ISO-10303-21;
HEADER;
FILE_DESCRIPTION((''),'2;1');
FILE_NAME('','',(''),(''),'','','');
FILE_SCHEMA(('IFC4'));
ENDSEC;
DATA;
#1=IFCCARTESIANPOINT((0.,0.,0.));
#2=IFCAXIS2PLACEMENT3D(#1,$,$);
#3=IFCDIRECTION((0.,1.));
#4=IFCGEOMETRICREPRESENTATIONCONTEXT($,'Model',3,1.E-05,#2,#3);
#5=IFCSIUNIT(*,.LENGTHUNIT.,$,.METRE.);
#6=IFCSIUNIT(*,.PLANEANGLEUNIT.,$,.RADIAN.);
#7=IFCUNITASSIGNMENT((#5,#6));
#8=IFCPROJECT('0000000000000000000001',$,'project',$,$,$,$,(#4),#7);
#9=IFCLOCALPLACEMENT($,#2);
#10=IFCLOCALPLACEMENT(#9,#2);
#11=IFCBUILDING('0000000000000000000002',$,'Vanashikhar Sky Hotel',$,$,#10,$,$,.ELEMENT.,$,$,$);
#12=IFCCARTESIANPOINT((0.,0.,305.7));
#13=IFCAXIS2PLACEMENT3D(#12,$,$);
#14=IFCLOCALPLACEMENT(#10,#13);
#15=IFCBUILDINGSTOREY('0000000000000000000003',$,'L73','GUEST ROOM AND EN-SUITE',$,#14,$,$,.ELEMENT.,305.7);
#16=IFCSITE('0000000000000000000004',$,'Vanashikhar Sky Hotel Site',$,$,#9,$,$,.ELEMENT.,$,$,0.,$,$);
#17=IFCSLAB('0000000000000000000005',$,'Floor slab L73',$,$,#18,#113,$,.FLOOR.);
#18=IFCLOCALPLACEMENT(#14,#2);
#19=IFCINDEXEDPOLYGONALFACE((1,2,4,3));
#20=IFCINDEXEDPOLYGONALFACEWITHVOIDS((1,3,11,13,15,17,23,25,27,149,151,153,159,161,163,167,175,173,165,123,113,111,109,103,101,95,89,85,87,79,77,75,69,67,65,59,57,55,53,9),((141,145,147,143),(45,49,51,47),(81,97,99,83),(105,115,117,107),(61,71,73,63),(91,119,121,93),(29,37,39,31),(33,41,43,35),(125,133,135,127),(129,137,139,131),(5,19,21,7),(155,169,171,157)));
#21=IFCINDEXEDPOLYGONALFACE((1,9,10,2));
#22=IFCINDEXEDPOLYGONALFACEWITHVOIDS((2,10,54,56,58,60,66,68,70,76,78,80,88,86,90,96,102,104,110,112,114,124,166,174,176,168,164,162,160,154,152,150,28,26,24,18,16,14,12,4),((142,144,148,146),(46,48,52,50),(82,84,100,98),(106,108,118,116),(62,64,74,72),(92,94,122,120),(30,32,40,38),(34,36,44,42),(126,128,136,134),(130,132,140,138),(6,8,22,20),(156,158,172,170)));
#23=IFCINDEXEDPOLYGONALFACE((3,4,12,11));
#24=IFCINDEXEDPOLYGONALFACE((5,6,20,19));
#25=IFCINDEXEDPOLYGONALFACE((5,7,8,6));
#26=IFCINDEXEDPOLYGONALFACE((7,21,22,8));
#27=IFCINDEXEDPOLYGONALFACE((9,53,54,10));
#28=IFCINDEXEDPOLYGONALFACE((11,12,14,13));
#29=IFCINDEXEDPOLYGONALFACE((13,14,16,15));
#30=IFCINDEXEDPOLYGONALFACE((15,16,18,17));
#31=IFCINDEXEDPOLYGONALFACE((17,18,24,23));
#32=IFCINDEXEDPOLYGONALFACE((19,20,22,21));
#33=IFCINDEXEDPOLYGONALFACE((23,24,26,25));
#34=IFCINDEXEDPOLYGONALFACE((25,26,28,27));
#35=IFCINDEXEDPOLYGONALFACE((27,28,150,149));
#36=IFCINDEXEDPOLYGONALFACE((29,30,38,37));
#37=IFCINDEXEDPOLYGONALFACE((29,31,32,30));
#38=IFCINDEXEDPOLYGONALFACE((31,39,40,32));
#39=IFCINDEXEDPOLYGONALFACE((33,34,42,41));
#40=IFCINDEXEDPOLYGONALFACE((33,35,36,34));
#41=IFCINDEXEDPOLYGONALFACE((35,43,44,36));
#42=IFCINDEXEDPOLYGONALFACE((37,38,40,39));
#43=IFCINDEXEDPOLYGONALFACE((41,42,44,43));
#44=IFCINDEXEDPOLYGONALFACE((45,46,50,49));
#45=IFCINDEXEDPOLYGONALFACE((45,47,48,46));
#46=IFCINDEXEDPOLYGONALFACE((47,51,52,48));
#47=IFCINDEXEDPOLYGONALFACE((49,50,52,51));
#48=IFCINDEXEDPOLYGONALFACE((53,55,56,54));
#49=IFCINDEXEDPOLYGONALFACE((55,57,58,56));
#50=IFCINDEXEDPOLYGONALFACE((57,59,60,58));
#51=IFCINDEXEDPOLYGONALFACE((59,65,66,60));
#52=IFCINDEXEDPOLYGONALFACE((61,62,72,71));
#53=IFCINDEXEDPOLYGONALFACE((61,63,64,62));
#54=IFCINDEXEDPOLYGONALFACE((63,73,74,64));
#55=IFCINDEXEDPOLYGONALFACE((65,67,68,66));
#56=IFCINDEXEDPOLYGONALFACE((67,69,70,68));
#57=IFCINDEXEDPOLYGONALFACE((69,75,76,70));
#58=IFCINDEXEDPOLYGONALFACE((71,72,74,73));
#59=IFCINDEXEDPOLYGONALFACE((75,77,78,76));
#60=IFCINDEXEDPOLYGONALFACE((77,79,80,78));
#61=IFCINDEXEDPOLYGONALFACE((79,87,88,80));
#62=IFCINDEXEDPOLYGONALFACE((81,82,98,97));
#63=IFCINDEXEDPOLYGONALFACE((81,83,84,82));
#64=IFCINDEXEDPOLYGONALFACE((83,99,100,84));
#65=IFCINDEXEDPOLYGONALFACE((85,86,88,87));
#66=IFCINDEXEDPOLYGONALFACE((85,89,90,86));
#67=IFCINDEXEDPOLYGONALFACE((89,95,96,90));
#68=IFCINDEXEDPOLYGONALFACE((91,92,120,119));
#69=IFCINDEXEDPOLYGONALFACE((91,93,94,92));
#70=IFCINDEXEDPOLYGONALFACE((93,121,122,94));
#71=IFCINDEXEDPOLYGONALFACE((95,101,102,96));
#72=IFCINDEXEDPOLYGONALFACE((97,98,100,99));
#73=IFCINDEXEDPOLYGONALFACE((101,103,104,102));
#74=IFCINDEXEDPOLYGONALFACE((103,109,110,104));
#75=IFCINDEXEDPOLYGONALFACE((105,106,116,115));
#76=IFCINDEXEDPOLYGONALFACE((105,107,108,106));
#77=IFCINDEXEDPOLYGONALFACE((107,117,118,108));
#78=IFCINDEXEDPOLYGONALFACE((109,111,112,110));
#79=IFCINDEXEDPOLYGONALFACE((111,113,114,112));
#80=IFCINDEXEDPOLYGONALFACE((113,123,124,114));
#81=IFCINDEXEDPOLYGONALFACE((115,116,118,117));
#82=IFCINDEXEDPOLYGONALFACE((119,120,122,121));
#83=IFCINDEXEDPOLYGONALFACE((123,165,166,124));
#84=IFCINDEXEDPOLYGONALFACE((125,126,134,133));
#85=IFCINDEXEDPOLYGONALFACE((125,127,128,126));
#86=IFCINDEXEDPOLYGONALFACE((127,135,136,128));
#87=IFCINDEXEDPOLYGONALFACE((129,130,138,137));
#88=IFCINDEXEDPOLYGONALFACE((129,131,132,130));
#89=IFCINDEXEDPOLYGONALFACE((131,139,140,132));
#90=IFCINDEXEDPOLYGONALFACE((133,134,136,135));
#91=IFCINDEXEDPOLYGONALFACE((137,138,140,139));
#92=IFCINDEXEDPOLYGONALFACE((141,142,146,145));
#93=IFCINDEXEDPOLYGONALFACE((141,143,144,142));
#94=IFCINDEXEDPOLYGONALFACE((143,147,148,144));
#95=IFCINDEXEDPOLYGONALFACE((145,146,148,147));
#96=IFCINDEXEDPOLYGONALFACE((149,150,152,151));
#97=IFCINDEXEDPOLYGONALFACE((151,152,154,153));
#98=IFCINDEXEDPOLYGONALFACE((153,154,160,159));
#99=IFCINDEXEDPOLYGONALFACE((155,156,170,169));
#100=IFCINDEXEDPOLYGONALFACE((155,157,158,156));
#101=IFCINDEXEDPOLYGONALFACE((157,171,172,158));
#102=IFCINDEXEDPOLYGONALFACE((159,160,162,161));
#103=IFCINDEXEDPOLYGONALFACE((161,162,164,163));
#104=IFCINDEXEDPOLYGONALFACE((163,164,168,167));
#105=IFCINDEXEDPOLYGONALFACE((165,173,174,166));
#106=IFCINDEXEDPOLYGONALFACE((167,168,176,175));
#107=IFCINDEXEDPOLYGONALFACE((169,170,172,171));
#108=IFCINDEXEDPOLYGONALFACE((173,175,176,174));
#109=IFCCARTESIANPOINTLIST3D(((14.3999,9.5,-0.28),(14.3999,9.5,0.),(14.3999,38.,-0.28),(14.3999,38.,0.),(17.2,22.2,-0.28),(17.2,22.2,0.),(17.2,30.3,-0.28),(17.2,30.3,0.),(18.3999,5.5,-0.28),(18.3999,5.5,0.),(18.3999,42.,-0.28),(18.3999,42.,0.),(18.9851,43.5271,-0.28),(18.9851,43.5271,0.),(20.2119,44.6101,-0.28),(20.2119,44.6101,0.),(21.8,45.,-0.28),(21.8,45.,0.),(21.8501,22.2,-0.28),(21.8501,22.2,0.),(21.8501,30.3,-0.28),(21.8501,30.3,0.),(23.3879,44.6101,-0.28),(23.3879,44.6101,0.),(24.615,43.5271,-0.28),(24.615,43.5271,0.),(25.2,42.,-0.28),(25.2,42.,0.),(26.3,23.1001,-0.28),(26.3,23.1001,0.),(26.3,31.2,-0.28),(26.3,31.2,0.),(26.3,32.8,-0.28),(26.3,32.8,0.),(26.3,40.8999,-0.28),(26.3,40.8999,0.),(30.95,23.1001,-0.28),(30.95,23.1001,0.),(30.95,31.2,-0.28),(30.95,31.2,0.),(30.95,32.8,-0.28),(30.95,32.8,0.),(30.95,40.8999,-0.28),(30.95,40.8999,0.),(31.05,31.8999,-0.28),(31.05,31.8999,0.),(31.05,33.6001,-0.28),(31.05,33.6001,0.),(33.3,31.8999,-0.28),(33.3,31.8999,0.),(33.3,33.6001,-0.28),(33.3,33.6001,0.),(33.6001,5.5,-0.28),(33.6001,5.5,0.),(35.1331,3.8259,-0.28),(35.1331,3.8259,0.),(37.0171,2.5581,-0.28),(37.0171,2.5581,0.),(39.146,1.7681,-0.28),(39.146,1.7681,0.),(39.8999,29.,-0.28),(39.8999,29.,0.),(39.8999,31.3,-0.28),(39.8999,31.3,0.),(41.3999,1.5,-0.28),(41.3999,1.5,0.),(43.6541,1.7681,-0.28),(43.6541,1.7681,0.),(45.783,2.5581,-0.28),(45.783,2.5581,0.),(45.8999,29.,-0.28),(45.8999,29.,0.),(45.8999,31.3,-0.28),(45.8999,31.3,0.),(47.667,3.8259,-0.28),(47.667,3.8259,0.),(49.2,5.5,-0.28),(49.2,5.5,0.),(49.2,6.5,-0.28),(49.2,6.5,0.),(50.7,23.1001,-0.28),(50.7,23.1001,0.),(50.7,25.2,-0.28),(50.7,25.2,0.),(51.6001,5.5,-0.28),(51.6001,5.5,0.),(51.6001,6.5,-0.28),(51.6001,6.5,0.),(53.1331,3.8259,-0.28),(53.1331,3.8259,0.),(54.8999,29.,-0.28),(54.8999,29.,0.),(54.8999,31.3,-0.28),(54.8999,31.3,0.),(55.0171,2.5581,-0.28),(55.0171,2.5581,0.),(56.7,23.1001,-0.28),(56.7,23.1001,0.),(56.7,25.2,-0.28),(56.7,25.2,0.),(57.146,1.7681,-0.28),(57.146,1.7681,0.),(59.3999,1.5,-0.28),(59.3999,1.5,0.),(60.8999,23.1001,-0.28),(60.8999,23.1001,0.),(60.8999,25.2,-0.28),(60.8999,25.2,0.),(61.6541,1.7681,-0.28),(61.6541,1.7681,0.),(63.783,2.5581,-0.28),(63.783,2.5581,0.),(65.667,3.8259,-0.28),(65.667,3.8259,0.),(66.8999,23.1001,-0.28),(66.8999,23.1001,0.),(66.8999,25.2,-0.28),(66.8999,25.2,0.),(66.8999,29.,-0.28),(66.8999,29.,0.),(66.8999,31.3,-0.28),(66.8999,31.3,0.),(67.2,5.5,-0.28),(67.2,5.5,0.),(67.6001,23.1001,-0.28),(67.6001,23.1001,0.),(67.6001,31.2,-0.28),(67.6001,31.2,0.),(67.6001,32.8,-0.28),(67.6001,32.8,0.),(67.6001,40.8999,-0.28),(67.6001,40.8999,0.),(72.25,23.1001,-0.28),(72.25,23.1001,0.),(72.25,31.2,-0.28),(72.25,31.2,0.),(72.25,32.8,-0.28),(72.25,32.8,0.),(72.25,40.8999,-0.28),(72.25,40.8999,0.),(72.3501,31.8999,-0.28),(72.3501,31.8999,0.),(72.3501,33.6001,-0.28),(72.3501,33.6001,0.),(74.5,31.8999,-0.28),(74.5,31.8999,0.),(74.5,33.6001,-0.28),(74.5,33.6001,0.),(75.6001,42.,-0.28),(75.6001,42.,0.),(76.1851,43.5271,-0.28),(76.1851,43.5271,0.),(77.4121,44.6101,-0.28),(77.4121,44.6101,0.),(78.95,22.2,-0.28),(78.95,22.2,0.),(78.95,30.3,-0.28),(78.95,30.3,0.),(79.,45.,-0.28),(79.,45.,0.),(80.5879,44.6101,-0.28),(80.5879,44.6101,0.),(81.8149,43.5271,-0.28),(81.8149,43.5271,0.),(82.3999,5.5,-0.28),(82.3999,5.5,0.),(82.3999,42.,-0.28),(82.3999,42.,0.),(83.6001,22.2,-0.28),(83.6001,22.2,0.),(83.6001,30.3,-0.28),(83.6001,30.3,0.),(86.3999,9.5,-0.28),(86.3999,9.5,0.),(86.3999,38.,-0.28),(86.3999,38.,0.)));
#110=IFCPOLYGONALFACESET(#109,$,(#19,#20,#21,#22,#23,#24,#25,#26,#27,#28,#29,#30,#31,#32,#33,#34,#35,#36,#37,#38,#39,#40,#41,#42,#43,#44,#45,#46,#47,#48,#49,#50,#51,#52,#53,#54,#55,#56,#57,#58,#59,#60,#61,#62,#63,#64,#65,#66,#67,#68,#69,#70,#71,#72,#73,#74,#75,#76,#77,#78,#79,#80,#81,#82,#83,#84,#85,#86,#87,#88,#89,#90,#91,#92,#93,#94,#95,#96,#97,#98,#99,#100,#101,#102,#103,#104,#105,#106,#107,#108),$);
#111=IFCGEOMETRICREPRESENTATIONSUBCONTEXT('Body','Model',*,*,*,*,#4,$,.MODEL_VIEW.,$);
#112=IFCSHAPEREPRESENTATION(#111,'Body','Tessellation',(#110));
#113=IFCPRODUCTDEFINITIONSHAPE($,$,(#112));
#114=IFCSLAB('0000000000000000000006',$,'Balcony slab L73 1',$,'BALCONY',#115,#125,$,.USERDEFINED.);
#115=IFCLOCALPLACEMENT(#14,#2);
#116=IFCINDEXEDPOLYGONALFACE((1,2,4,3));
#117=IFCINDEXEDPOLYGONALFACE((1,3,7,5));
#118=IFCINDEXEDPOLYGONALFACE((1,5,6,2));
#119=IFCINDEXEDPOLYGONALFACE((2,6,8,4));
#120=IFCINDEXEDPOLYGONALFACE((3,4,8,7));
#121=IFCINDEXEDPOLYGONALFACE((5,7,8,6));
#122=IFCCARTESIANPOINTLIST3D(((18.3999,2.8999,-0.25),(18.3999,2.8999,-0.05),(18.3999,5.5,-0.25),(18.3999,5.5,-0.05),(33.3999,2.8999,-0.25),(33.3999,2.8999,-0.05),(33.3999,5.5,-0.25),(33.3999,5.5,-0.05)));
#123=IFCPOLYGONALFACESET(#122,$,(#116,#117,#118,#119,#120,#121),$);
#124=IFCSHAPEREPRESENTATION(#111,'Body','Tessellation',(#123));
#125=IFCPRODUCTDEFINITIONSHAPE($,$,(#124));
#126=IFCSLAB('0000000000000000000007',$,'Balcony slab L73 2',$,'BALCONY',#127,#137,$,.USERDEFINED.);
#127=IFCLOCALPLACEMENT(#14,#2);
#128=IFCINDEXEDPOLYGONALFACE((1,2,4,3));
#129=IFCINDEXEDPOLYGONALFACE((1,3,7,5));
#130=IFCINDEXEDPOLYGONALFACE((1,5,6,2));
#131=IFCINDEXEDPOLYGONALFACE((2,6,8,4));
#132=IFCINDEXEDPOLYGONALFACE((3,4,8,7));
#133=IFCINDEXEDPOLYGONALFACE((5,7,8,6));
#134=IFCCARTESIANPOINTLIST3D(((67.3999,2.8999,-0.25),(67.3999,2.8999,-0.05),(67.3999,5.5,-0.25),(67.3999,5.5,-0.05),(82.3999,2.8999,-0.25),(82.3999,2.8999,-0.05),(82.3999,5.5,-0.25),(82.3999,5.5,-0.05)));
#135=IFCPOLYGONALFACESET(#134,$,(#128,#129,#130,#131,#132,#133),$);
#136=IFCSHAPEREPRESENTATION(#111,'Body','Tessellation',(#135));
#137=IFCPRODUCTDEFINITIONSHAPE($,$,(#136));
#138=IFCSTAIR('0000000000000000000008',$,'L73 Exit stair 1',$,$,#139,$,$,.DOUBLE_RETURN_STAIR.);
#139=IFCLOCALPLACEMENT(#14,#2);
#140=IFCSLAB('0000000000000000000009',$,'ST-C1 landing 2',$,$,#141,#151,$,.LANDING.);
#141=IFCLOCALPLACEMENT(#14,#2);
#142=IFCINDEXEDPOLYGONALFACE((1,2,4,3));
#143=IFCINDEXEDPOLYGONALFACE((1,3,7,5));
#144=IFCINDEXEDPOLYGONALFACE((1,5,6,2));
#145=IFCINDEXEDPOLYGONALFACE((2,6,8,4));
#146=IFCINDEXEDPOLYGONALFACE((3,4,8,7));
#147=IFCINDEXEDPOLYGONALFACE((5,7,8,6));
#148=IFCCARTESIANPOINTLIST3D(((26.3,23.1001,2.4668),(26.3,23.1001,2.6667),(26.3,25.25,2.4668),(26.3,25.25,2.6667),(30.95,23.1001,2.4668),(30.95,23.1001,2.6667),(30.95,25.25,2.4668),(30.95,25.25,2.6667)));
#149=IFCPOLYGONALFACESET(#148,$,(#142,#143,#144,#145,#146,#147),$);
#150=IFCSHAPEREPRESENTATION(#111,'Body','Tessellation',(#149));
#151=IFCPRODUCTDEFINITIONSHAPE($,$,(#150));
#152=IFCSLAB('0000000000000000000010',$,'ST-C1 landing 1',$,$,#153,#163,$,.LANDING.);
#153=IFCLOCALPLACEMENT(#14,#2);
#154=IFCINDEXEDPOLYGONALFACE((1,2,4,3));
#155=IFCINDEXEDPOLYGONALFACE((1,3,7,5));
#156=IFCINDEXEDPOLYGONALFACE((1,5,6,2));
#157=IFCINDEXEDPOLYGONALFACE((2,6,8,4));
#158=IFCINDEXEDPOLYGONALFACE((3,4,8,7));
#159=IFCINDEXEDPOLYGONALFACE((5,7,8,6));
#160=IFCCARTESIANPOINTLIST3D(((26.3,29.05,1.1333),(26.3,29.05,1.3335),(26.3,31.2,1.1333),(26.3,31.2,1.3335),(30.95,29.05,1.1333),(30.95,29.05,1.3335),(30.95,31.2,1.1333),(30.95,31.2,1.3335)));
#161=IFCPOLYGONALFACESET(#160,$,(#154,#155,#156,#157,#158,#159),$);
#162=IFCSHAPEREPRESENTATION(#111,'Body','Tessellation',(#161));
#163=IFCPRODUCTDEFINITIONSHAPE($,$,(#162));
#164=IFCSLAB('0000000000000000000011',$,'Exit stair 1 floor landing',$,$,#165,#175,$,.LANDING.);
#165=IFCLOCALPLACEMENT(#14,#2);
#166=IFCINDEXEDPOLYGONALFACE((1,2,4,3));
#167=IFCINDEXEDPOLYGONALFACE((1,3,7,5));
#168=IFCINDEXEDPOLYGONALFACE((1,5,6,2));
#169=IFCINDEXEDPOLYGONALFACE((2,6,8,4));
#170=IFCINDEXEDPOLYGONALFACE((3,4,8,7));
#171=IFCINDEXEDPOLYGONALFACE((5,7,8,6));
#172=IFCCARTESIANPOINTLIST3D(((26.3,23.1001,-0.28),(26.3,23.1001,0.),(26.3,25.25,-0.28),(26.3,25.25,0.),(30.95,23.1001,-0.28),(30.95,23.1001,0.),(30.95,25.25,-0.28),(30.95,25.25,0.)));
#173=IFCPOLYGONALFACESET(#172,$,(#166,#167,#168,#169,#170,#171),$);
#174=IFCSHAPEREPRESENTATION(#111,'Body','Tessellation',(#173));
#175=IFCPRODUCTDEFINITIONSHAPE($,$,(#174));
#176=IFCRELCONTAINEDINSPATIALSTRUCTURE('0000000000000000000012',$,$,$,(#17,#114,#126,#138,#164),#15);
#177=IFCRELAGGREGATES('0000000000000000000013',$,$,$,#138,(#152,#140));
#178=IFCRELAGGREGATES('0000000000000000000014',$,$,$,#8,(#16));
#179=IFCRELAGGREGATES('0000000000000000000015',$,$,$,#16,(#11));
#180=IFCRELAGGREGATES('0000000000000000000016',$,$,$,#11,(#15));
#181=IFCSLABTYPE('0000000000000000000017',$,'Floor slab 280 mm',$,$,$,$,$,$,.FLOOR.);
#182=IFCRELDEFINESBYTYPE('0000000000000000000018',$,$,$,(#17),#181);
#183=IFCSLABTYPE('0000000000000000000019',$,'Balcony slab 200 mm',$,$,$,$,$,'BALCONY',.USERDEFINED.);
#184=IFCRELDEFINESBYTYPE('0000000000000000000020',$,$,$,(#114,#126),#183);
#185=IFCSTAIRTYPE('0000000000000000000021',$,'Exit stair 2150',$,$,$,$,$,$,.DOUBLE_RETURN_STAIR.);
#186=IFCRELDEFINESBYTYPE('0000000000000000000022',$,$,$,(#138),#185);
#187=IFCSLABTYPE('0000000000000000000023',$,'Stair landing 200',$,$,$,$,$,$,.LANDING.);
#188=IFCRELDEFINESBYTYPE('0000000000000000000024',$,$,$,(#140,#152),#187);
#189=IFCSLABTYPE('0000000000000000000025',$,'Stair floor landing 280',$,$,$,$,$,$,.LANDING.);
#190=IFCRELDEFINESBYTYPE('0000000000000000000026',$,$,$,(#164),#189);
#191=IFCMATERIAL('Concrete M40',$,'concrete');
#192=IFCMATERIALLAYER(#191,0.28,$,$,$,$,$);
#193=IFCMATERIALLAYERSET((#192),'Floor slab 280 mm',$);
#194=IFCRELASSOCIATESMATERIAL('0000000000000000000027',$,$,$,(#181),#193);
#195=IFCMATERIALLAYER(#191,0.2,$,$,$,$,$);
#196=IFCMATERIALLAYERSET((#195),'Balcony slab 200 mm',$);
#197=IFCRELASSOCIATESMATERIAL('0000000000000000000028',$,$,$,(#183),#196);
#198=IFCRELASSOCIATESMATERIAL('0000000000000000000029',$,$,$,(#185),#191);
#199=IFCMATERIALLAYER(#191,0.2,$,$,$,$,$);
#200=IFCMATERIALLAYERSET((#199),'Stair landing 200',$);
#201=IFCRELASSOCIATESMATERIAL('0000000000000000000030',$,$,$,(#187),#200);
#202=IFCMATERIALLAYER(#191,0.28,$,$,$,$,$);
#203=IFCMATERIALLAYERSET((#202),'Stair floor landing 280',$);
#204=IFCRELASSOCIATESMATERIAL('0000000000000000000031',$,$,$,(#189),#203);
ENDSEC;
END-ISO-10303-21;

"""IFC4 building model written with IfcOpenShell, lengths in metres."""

from ifc_helpers import new_model, si_unit, direction, frame, origin, place, context, subcontext, project, spatial, polyline, outline, extrude, source, transform, mapped, material, layer, layer_set, type_object, element, aggregate, save


model = new_model("IFC4")

# Units and contexts
model_context = context("Model", 3, precision=1e-05, world=origin(), true_north=direction((0.0, 1.0)))
body_context = subcontext(model_context, "Body", "Model", "MODEL_VIEW")
ifc_project = project(units=[si_unit("LENGTHUNIT", "METRE"), si_unit("PLANEANGLEUNIT", "RADIAN")], contexts=[model_context])

# Site, building, storey
site_placement = place(None, origin())
site = spatial("IfcSite", under=ifc_project, at=site_placement, Name="Vanashikhar Sky Hotel Site", CompositionType="ELEMENT", RefElevation=0.0)
building_placement = place(site_placement, origin())
building = spatial("IfcBuilding", under=site, at=building_placement, Name="Vanashikhar Sky Hotel", CompositionType="ELEMENT")
storey_placement = place(building_placement, frame((0.0, 0.0, 305.7)))
storey = spatial("IfcBuildingStorey", under=building, at=storey_placement, Name="L73", Description="GUEST ROOM AND EN-SUITE", CompositionType="ELEMENT", Elevation=305.7)

# Slabs
ifc_material = material(Name="Concrete M40", Category="concrete")
ifc_layer_1 = layer(ifc_material, 0.28)
ifc_layer_set_1 = layer_set([ifc_layer_1], Name="Floor slab 280 mm")
slab_type_1 = type_object("IfcSlabType", Name="Floor slab 280 mm", PredefinedType="FLOOR", material=ifc_layer_set_1)
shared_shape_1 = source(origin(), body_context, "Body", "SweptSolid", [
    extrude(outline(polyline([(49.2, 5.5), (49.2, 6.5), (51.6001, 6.5), (51.6001, 5.5), (53.1331, 3.8259), (55.0171, 2.5581), (57.146, 1.7681), (59.3999, 1.5), (61.6541, 1.7681), (63.783, 2.5581), (65.667, 3.8259), (67.2, 5.5), (82.3999, 5.5), (86.3999, 9.5), (86.3999, 38.0), (82.3999, 42.0), (81.8149, 43.5271), (80.5879, 44.6101), (79.0, 45.0), (77.4121, 44.6101), (76.1851, 43.5271), (75.6001, 42.0), (25.2, 42.0), (24.615, 43.5271), (23.3879, 44.6101), (21.8, 45.0), (20.2119, 44.6101), (18.9851, 43.5271), (18.3999, 42.0), (14.3999, 38.0), (14.3999, 9.5), (18.3999, 5.5), (33.6001, 5.5), (35.1331, 3.8259), (37.0171, 2.5581), (39.146, 1.7681), (41.3999, 1.5), (43.6541, 1.7681), (45.783, 2.5581), (47.667, 3.8259), (49.2, 5.5)]), holes=[polyline([(33.3, 33.6001), (31.05, 33.6001), (31.05, 31.8999), (33.3, 31.8999), (33.3, 33.6001)]), polyline([(39.8999, 31.3), (39.8999, 29.0), (45.8999, 29.0), (45.8999, 31.3), (39.8999, 31.3)]), polyline([(50.7, 25.2), (50.7, 23.1001), (56.7, 23.1001), (56.7, 25.2), (50.7, 25.2)]), polyline([(66.8999, 29.0), (66.8999, 31.3), (54.8999, 31.3), (54.8999, 29.0), (66.8999, 29.0)]), polyline([(60.8999, 25.2), (60.8999, 23.1001), (66.8999, 23.1001), (66.8999, 25.2), (60.8999, 25.2)]), polyline([(74.5, 33.6001), (72.3501, 33.6001), (72.3501, 31.8999), (74.5, 31.8999), (74.5, 33.6001)]), polyline([(30.95, 23.1001), (30.95, 31.2), (26.3, 31.2), (26.3, 23.1001), (30.95, 23.1001)]), polyline([(72.25, 23.1001), (72.25, 31.2), (67.6001, 31.2), (67.6001, 23.1001), (72.25, 23.1001)]), polyline([(30.95, 32.8), (30.95, 40.8999), (26.3, 40.8999), (26.3, 32.8), (30.95, 32.8)]), polyline([(72.25, 32.8), (72.25, 40.8999), (67.6001, 40.8999), (67.6001, 32.8), (72.25, 32.8)]), polyline([(83.6001, 22.2), (83.6001, 30.3), (78.95, 30.3), (78.95, 22.2), (83.6001, 22.2)]), polyline([(21.8501, 22.2), (21.8501, 30.3), (17.2, 30.3), (17.2, 22.2), (21.8501, 22.2)])]), origin(), (0.0, 0.0, 1.0), 0.28),
])
slab_1_placement = place(storey_placement, frame((0.0, 0.0, -0.28)))
element("IfcSlab", 1, at=slab_1_placement, inside=storey, type_object=slab_type_1, Name="Floor slab L73", PredefinedType="FLOOR", context=body_context, shape_type="MappedRepresentation", body=[
    mapped(shared_shape_1, transform((0.0, 0.0, 0.0), scale=1.0)),
])
ifc_layer_2 = layer(ifc_material, 0.2)
ifc_layer_set_2 = layer_set([ifc_layer_2], Name="Balcony slab 200 mm")
slab_type_2 = type_object("IfcSlabType", Name="Balcony slab 200 mm", ElementType="BALCONY", PredefinedType="USERDEFINED", material=ifc_layer_set_2)
shared_shape_2 = source(origin(), body_context, "Body", "SweptSolid", [
    extrude(outline(polyline([(18.3999, 2.8999), (33.3999, 2.8999), (33.3999, 5.5), (18.3999, 5.5), (18.3999, 2.8999)])), origin(), (0.0, 0.0, 1.0), 0.2),
])
slab_2_placement = place(storey_placement, frame((0.0, 0.0, -0.25)))
element("IfcSlab", 2, at=slab_2_placement, inside=storey, type_object=slab_type_2, Name="Balcony slab L73 1", ObjectType="BALCONY", PredefinedType="USERDEFINED", context=body_context, shape_type="MappedRepresentation", body=[
    mapped(shared_shape_2, transform((0.0, 0.0, 0.0), scale=1.0)),
])
shared_shape_3 = source(origin(), body_context, "Body", "SweptSolid", [
    extrude(outline(polyline([(67.3999, 2.8999), (82.3999, 2.8999), (82.3999, 5.5), (67.3999, 5.5), (67.3999, 2.8999)])), origin(), (0.0, 0.0, 1.0), 0.2),
])
slab_3_placement = place(storey_placement, frame((0.0, 0.0, -0.25)))
element("IfcSlab", 3, at=slab_3_placement, inside=storey, type_object=slab_type_2, Name="Balcony slab L73 2", ObjectType="BALCONY", PredefinedType="USERDEFINED", context=body_context, shape_type="MappedRepresentation", body=[
    mapped(shared_shape_3, transform((0.0, 0.0, 0.0), scale=1.0)),
])

# Stair, slabs
stair_type = type_object("IfcStairType", Name="Exit stair 2150", PredefinedType="DOUBLE_RETURN_STAIR", material=ifc_material)
stair_1_placement = place(storey_placement, origin())
stair_1 = element("IfcStair", 4, at=stair_1_placement, inside=storey, type_object=stair_type, Name="L73 Exit stair 1", PredefinedType="DOUBLE_RETURN_STAIR")
ifc_layer_3 = layer(ifc_material, 0.2)
ifc_layer_set_3 = layer_set([ifc_layer_3], Name="Stair landing 200")
slab_type_3 = type_object("IfcSlabType", Name="Stair landing 200", PredefinedType="LANDING", material=ifc_layer_set_3)
shared_shape_4 = source(origin(), body_context, "Body", "SweptSolid", [
    extrude(outline(polyline([(30.95, 23.1001), (30.95, 25.25), (26.3, 25.25), (26.3, 23.1001), (30.95, 23.1001)])), origin(), (0.0, 0.0, 1.0), 0.2),
])
slab_4_placement = place(storey_placement, frame((0.0, 0.0, 2.4668)))
slab_4 = element("IfcSlab", 5, at=slab_4_placement, type_object=slab_type_3, Name="ST-C1 landing 2", PredefinedType="LANDING", context=body_context, shape_type="MappedRepresentation", body=[
    mapped(shared_shape_4, transform((0.0, 0.0, 0.0), scale=1.0)),
])
shared_shape_5 = source(origin(), body_context, "Body", "SweptSolid", [
    extrude(outline(polyline([(30.95, 29.05), (30.95, 31.2), (26.3, 31.2), (26.3, 29.05), (30.95, 29.05)])), origin(), (0.0, 0.0, 1.0), 0.2002),
])
slab_5_placement = place(storey_placement, frame((0.0, 0.0, 1.1333)))
slab_5 = element("IfcSlab", 6, at=slab_5_placement, type_object=slab_type_3, Name="ST-C1 landing 1", PredefinedType="LANDING", context=body_context, shape_type="MappedRepresentation", body=[
    mapped(shared_shape_5, transform((0.0, 0.0, 0.0), scale=1.0)),
])
aggregate(stair_1, [slab_5, slab_4])

# Slab
ifc_layer_4 = layer(ifc_material, 0.28)
ifc_layer_set_4 = layer_set([ifc_layer_4], Name="Stair floor landing 280")
slab_type_4 = type_object("IfcSlabType", Name="Stair floor landing 280", PredefinedType="LANDING", material=ifc_layer_set_4)
shared_shape_6 = source(origin(), body_context, "Body", "SweptSolid", [
    extrude(outline(polyline([(30.95, 23.1001), (30.95, 25.25), (26.3, 25.25), (26.3, 23.1001), (30.95, 23.1001)])), origin(), (0.0, 0.0, 1.0), 0.28),
])
slab_6_placement = place(storey_placement, frame((0.0, 0.0, -0.28)))
element("IfcSlab", 7, at=slab_6_placement, inside=storey, type_object=slab_type_4, Name="Exit stair 1 floor landing", PredefinedType="LANDING", context=body_context, shape_type="MappedRepresentation", body=[
    mapped(shared_shape_6, transform((0.0, 0.0, 0.0), scale=1.0)),
])

save(model, "model.ifc")
